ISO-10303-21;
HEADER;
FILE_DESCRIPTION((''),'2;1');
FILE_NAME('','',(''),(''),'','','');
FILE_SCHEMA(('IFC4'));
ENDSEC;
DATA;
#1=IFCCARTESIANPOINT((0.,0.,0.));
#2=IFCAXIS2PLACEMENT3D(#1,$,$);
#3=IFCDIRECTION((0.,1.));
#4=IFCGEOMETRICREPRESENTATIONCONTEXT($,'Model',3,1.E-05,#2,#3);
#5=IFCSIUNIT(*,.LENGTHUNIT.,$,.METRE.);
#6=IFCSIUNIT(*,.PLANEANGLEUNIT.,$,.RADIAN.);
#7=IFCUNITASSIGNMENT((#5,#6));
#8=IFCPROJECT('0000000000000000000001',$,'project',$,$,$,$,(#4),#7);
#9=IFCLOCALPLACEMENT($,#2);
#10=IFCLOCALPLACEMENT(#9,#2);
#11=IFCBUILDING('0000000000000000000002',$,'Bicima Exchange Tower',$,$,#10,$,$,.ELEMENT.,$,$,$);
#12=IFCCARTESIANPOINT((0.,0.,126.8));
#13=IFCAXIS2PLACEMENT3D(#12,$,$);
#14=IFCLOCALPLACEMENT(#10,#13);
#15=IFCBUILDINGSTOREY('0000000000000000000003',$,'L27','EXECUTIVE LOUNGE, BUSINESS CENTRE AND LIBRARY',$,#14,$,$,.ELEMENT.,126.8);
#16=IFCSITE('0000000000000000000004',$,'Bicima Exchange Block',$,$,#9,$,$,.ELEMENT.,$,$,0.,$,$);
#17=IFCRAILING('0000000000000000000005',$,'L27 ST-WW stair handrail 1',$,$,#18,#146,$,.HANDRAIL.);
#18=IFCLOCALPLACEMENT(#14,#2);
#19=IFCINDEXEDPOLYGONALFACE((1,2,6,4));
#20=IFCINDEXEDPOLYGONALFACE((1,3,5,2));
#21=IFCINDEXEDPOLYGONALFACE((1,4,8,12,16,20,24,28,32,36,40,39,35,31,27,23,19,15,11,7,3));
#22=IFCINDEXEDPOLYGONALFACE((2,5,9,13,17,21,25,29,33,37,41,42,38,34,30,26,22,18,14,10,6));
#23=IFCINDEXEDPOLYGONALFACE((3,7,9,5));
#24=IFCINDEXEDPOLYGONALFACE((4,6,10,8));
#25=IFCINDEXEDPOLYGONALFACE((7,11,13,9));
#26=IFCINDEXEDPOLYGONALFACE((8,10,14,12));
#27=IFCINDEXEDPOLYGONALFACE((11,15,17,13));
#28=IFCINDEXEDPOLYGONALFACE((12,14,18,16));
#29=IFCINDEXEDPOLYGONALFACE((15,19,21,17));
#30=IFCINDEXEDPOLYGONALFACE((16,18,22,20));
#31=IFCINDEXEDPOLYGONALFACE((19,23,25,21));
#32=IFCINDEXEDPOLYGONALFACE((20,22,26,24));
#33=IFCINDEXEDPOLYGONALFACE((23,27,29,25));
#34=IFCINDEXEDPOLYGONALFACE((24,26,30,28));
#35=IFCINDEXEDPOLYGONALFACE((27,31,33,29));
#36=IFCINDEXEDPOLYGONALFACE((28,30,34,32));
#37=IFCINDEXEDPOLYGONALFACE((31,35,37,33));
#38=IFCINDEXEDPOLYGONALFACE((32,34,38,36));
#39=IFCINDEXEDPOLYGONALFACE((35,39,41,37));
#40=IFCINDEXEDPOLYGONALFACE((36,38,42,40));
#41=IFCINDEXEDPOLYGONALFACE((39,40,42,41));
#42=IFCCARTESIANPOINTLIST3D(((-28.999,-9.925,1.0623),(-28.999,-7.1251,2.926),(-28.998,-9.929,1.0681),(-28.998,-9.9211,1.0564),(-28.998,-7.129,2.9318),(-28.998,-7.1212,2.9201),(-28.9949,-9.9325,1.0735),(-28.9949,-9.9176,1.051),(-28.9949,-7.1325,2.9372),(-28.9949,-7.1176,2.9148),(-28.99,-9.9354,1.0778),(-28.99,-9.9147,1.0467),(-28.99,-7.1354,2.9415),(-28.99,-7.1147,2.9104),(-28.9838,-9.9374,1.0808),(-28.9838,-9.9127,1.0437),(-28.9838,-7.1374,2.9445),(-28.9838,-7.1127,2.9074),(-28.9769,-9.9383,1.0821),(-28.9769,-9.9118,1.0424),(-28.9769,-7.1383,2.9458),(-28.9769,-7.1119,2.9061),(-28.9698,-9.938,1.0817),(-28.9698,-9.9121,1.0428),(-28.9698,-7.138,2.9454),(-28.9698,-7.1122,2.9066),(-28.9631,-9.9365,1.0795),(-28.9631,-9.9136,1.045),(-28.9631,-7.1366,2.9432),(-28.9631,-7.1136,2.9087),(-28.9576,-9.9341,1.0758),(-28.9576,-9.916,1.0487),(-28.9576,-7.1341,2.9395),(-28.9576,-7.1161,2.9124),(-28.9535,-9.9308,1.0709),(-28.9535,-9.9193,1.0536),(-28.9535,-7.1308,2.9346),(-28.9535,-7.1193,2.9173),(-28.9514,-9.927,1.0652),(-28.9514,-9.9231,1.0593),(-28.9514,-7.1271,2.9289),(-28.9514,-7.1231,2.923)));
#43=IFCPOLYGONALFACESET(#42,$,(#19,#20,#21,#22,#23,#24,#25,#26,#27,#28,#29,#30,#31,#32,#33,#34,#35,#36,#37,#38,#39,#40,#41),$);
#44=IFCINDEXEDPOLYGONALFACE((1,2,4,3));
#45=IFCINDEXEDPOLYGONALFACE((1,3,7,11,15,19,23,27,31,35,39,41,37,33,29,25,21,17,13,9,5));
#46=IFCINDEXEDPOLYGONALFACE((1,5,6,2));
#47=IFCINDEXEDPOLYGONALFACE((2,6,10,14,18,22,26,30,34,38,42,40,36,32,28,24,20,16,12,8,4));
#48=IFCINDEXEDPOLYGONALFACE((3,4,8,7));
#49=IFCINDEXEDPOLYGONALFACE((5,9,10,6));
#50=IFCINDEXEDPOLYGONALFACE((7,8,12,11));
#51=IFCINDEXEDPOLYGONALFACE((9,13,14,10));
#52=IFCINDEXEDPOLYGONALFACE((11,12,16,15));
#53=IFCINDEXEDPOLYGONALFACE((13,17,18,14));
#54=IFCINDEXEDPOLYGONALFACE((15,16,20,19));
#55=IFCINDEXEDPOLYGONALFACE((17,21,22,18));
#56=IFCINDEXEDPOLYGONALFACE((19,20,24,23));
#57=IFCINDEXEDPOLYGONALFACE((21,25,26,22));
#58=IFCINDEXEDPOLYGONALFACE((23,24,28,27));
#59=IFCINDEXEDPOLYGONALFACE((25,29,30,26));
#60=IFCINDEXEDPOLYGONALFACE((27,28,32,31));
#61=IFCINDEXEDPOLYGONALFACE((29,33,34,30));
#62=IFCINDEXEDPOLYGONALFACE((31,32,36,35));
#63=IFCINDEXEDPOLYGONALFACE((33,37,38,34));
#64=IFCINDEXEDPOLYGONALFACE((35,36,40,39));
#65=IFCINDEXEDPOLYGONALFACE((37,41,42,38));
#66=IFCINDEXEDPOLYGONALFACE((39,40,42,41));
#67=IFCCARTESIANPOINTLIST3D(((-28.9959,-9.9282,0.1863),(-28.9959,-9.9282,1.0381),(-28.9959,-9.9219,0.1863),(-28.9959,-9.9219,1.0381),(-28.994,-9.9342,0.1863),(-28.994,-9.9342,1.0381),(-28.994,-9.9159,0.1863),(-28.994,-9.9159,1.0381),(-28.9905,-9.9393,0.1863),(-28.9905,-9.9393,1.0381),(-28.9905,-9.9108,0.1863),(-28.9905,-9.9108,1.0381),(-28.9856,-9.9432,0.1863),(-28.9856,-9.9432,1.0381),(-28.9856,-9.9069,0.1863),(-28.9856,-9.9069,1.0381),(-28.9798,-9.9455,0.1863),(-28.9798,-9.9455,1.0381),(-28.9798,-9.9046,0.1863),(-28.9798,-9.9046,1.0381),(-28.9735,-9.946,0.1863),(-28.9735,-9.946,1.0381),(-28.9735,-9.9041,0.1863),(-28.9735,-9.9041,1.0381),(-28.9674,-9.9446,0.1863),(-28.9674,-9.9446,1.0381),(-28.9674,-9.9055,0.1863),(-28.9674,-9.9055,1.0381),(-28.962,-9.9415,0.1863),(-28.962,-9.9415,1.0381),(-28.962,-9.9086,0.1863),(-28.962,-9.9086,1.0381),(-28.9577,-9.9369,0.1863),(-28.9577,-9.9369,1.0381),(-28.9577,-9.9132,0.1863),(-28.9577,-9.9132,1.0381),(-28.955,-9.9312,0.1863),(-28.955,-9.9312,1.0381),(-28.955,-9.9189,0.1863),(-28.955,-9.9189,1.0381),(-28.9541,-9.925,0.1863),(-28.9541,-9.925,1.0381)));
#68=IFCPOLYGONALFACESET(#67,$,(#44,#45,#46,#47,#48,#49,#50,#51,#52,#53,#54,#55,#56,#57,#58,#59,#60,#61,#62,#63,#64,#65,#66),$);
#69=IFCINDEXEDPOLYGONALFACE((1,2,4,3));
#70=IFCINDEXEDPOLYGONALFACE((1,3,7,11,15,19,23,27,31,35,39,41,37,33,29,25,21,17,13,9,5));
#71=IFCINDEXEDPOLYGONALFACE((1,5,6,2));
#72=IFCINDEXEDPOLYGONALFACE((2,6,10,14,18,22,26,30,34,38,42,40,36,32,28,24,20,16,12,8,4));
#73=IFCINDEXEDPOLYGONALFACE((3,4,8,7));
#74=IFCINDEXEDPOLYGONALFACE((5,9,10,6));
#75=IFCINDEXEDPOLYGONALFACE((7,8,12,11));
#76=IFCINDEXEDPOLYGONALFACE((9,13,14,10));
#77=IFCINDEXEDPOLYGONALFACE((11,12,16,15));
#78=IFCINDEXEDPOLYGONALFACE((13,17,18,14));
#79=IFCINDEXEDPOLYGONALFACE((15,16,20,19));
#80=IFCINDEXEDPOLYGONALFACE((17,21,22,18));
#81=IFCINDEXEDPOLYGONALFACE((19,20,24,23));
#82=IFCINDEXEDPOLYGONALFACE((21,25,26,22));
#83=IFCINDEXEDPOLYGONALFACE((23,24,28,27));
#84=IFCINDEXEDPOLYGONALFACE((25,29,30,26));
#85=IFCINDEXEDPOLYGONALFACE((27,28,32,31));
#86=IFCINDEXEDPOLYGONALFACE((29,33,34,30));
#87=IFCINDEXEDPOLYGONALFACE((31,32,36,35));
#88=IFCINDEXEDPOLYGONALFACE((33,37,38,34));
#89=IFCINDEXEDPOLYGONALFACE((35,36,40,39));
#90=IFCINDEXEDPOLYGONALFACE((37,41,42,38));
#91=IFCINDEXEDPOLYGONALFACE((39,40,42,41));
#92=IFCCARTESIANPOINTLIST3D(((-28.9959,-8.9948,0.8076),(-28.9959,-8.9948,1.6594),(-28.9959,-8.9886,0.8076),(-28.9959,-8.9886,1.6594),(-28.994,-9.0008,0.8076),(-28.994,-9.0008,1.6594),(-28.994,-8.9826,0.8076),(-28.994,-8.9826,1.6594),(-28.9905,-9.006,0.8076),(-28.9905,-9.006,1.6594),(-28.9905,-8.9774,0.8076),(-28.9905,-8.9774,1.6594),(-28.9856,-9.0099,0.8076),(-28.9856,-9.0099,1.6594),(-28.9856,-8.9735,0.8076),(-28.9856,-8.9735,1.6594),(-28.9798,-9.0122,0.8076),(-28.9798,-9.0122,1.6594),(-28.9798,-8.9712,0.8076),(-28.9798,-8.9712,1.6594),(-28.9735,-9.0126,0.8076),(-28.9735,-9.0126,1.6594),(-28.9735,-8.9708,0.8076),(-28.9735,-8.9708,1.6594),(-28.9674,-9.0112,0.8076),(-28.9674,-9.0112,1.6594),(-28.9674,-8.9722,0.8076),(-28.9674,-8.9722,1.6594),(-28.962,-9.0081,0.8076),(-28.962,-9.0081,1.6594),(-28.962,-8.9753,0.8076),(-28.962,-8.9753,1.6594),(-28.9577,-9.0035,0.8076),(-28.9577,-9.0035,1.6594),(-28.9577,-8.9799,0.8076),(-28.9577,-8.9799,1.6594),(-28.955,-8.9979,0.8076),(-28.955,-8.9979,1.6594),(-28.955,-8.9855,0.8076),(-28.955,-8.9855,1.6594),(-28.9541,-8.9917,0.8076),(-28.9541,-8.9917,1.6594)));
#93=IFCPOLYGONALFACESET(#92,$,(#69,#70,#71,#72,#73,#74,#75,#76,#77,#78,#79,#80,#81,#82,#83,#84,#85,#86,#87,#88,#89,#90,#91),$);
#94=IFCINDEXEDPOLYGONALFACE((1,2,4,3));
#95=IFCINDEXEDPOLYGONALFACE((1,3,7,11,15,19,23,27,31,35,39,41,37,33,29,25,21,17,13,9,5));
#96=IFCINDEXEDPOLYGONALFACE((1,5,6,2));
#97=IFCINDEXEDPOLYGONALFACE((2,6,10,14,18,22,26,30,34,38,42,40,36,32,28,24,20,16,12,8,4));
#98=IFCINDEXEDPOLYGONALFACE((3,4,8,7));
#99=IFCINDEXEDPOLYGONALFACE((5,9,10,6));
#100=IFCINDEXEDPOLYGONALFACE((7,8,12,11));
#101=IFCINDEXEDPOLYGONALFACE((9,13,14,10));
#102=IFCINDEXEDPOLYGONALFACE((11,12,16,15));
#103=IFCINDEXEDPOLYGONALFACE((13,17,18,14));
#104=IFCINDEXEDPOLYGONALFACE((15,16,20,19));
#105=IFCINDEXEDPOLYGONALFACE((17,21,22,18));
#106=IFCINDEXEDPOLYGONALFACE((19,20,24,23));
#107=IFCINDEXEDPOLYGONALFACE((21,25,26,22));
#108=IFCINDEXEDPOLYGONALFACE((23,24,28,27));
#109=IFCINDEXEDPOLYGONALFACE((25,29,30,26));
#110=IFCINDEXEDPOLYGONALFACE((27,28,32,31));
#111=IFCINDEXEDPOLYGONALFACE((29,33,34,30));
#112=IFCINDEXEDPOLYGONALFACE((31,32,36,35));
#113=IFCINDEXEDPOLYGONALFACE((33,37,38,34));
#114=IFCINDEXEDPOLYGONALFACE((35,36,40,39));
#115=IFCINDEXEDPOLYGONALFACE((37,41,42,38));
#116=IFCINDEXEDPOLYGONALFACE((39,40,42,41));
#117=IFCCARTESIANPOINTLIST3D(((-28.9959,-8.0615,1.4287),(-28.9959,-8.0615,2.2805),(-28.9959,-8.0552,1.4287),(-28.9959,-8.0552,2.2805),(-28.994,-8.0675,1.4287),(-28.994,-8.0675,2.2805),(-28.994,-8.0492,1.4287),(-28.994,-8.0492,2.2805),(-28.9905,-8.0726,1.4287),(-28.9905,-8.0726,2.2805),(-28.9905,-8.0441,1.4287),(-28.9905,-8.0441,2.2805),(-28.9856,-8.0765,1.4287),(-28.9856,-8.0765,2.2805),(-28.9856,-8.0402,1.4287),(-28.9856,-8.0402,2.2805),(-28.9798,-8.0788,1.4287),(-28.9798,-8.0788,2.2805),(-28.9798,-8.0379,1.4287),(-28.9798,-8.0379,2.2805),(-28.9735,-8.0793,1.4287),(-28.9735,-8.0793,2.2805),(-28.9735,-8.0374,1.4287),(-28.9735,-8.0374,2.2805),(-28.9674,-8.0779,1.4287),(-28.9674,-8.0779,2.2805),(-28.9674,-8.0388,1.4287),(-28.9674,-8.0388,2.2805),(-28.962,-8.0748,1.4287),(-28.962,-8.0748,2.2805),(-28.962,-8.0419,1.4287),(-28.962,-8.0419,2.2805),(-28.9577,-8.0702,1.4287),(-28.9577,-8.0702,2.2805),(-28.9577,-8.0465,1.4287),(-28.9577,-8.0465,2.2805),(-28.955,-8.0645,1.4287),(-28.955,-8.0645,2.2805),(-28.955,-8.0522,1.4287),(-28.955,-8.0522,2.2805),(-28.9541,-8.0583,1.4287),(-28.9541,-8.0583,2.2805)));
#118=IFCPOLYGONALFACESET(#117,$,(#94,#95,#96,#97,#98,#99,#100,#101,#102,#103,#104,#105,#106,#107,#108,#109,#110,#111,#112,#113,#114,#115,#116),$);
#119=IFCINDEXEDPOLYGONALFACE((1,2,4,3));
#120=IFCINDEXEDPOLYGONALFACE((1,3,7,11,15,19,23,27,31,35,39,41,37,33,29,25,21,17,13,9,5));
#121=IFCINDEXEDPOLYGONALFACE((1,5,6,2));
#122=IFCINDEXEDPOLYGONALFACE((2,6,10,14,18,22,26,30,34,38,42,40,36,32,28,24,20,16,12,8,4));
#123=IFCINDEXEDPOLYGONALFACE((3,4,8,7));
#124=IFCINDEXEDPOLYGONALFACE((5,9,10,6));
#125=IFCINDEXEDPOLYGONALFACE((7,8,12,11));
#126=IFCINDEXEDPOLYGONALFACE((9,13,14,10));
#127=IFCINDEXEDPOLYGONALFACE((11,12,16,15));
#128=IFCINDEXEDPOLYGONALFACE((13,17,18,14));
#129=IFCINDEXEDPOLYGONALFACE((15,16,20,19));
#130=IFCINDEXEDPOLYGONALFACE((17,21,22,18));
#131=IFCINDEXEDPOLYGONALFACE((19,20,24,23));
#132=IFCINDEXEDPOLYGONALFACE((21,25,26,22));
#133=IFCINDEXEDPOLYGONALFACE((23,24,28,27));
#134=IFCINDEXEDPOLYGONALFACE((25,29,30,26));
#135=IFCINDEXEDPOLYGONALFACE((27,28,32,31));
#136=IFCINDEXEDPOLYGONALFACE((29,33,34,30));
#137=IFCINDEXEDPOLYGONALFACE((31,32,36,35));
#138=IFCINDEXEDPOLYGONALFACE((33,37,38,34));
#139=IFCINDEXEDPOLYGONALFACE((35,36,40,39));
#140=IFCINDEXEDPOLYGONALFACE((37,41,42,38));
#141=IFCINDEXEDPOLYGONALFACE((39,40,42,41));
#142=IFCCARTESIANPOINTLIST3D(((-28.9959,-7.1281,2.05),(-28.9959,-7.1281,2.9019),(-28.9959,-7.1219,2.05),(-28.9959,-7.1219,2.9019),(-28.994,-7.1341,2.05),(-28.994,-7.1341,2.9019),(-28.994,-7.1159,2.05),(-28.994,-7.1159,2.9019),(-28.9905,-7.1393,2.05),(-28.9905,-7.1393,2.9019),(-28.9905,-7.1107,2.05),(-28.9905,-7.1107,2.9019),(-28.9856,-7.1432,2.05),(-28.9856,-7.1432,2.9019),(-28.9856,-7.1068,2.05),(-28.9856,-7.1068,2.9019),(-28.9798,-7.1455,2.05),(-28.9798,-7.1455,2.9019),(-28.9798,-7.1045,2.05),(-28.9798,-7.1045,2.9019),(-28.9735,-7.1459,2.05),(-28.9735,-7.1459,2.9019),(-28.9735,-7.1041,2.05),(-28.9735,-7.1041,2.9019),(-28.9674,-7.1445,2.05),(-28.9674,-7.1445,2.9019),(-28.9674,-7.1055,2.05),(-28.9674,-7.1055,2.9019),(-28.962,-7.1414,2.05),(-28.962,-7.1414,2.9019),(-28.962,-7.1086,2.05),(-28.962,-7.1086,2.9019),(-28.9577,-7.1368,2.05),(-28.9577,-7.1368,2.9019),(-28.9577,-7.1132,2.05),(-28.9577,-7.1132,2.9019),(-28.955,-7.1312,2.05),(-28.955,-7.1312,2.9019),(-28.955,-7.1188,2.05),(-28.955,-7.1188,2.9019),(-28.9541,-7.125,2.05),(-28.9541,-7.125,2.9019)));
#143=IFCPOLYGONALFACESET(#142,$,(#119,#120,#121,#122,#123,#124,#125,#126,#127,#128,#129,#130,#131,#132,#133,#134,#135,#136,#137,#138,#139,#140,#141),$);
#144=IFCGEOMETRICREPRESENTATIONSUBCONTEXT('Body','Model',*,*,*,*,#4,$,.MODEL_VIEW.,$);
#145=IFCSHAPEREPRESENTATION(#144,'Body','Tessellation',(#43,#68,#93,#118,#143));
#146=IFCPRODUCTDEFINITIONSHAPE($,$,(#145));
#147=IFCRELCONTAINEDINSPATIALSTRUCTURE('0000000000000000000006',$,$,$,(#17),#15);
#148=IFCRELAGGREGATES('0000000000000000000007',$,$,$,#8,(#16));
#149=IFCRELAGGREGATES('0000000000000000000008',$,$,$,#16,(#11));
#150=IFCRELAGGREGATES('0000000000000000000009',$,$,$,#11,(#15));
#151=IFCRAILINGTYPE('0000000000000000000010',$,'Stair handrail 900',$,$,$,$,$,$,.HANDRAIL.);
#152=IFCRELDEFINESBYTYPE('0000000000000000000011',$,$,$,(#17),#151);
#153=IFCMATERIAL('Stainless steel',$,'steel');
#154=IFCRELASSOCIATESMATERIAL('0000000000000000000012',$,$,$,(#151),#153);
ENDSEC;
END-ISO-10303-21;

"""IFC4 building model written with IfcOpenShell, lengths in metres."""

from ifc_helpers import new_model, si_unit, direction, frame, origin, origin_2d, place, context, subcontext, project, spatial, circle, extrude, material, type_object, element, save


model = new_model("IFC4")

# Units and contexts
model_context = context("Model", 3, precision=1e-05, world=origin(), true_north=direction((0.0, 1.0)))
body_context = subcontext(model_context, "Body", "Model", "MODEL_VIEW")
ifc_project = project(units=[si_unit("LENGTHUNIT", "METRE"), si_unit("PLANEANGLEUNIT", "RADIAN")], contexts=[model_context])

# Site, building, storey
site_placement = place(None, origin())
site = spatial("IfcSite", under=ifc_project, at=site_placement, Name="Bicima Exchange Block", CompositionType="ELEMENT", RefElevation=0.0)
building_placement = place(site_placement, origin())
building = spatial("IfcBuilding", under=site, at=building_placement, Name="Bicima Exchange Tower", CompositionType="ELEMENT")
storey_placement = place(building_placement, frame((0.0, 0.0, 126.8)))
storey = spatial("IfcBuildingStorey", under=building, at=storey_placement, Name="L27", Description="EXECUTIVE LOUNGE, BUSINESS CENTRE AND LIBRARY", CompositionType="ELEMENT", Elevation=126.8)

# Railing
ifc_material_1 = material(Name="Stainless steel", Category="steel")
railing_type = type_object("IfcRailingType", Name="Stair handrail 900", PredefinedType="HANDRAIL", material=ifc_material_1)
railing_placement = place(storey_placement, frame((-28.9751, -9.925, 0.1863)))
element("IfcRailing", 1, at=railing_placement, inside=storey, type_object=railing_type, Name="L27 ST-WW stair handrail 1", PredefinedType="HANDRAIL", context=body_context, shape_type="SweptSolid", body=[
    extrude(circle(Radius=0.0239, at=origin_2d()), frame((0.0, 0.0, 0.876), z_axis=(0.0, 0.832452, 0.554097), x_axis=(-1.0, 0.0, 0.0)), (0.0, 0.0, 1.0), 3.3635),
    extrude(circle(Radius=0.021, at=origin_2d()), origin(), (0.0, 0.0, 1.0), 0.8518),
    extrude(circle(Radius=0.021, at=origin_2d()), frame((0.0, 0.9333, 0.6213)), (0.0, 0.0, 1.0), 0.8518),
    extrude(circle(Radius=0.021, at=origin_2d()), frame((0.0, 1.8667, 1.2424)), (0.0, 0.0, 1.0), 0.8518),
    extrude(circle(Radius=0.021, at=origin_2d()), frame((0.0, 2.8, 1.8638)), (0.0, 0.0, 1.0), 0.8518),
])

save(model, "model.ifc")
